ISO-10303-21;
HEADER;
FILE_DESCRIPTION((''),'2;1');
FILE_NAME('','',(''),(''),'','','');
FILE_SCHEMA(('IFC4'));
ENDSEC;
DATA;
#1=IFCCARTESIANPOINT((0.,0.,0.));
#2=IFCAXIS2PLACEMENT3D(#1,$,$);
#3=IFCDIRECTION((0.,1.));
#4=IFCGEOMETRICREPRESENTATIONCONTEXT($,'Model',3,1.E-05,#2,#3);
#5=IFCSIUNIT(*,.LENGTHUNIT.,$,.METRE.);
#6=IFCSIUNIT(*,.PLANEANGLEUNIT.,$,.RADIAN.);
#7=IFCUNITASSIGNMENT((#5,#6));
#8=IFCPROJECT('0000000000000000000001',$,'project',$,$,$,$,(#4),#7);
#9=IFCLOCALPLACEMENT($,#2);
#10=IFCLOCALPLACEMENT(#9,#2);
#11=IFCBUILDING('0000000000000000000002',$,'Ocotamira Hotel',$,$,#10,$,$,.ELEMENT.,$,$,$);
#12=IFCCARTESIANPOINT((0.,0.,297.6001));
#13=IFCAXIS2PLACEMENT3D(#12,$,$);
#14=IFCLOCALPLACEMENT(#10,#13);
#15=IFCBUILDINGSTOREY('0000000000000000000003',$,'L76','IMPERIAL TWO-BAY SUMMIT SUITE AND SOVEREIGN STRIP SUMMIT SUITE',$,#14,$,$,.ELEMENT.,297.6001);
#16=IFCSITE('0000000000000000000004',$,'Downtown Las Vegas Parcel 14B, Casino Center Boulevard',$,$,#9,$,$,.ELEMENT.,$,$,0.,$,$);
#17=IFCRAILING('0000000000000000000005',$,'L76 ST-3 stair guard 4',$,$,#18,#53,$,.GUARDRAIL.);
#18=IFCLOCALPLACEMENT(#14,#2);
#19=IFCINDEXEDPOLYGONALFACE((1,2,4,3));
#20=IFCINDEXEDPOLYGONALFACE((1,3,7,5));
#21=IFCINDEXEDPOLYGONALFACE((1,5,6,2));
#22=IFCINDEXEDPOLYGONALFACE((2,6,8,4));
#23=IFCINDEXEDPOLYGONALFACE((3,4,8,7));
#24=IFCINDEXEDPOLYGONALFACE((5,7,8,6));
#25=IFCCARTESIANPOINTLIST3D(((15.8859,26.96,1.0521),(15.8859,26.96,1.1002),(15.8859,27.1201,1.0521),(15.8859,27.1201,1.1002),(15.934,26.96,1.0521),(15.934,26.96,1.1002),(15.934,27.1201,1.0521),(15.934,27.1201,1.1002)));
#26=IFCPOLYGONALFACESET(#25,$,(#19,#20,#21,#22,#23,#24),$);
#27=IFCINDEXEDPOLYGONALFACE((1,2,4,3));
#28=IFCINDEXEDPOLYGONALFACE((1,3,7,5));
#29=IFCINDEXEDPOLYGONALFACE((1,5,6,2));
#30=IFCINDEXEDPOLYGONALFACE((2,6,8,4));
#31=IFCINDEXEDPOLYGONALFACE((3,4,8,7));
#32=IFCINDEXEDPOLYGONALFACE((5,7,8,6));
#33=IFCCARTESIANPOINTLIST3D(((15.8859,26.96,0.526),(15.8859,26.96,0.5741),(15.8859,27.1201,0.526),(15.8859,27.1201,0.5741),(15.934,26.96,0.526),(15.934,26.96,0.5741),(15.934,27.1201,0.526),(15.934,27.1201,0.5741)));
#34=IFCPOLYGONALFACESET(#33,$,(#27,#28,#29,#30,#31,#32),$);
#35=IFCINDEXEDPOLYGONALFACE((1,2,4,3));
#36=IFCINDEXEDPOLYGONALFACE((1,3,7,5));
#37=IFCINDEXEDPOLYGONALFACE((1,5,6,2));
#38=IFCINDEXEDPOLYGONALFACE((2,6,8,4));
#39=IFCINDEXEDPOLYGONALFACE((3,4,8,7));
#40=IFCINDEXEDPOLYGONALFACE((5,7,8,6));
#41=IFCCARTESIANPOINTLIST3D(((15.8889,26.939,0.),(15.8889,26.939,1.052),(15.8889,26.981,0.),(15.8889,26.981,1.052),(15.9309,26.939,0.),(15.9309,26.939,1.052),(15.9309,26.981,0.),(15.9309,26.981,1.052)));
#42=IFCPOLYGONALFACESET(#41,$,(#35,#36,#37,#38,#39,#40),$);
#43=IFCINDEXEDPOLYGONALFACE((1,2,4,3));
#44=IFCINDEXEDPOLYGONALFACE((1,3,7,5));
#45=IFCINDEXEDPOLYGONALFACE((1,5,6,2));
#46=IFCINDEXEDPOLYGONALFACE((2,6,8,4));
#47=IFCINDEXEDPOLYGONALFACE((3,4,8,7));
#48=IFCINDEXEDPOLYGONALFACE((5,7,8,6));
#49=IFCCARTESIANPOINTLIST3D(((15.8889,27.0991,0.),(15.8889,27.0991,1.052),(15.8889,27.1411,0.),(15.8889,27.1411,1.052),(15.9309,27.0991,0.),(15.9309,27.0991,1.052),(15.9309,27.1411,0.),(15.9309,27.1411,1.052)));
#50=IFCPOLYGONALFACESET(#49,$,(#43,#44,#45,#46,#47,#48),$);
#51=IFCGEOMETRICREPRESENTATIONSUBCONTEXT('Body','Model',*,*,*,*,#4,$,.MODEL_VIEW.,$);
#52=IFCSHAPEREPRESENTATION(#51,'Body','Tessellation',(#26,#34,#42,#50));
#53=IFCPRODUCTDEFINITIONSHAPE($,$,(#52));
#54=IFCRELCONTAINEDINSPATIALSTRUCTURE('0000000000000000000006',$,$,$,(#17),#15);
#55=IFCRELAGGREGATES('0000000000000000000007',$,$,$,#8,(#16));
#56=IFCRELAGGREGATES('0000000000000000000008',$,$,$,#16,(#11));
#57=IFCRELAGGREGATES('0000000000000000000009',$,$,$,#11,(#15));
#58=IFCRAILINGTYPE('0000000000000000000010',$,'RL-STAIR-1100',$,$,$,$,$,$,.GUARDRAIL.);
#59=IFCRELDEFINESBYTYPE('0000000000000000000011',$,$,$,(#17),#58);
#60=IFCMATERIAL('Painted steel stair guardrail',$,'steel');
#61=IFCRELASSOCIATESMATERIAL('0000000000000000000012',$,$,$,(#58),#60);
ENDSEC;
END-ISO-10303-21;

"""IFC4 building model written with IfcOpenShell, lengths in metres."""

from ifc_helpers import new_model, si_unit, direction, frame, origin, origin_2d, place, context, subcontext, project, spatial, rectangle, extrude, material, type_object, element, save


model = new_model("IFC4")

# Units and contexts
model_context = context("Model", 3, precision=1e-05, world=origin(), true_north=direction((0.0, 1.0)))
body_context = subcontext(model_context, "Body", "Model", "MODEL_VIEW")
ifc_project = project(units=[si_unit("LENGTHUNIT", "METRE"), si_unit("PLANEANGLEUNIT", "RADIAN")], contexts=[model_context])

# Site, building, storey
site_placement = place(None, origin())
site = spatial("IfcSite", under=ifc_project, at=site_placement, Name="Downtown Las Vegas Parcel 14B, Casino Center Boulevard", CompositionType="ELEMENT", RefElevation=0.0)
building_placement = place(site_placement, origin())
building = spatial("IfcBuilding", under=site, at=building_placement, Name="Ocotamira Hotel", CompositionType="ELEMENT")
storey_placement = place(building_placement, frame((0.0, 0.0, 297.6001)))
storey = spatial("IfcBuildingStorey", under=building, at=storey_placement, Name="L76", Description="IMPERIAL TWO-BAY SUMMIT SUITE AND SOVEREIGN STRIP SUMMIT SUITE", CompositionType="ELEMENT", Elevation=297.6001)

# Railing
ifc_material_1 = material(Name="Painted steel stair guardrail", Category="steel")
railing_type_1 = type_object("IfcRailingType", Name="RL-STAIR-1100", PredefinedType="GUARDRAIL", material=ifc_material_1)
railing_1_placement = place(storey_placement, frame((15.9099, 26.96, 0.0)))
element("IfcRailing", 1, at=railing_1_placement, inside=storey, type_object=railing_type_1, Name="L76 ST-3 stair guard 4", PredefinedType="GUARDRAIL", context=body_context, shape_type="SweptSolid", body=[
    extrude(rectangle(XDim=0.0481, YDim=0.0481, at=origin_2d()), frame((0.0, 0.0, 1.0762), z_axis=(0.0, 1.0, 0.0), x_axis=(-1.0, 0.0, 0.0)), (0.0, 0.0, 1.0), 0.1602),
    extrude(rectangle(XDim=0.0481, YDim=0.0481, at=origin_2d()), frame((0.0, 0.0, 0.55), z_axis=(0.0, 1.0, 0.0), x_axis=(-1.0, 0.0, 0.0)), (0.0, 0.0, 1.0), 0.1602),
    extrude(rectangle(XDim=0.042, YDim=0.042, at=origin_2d()), origin(), (0.0, 0.0, 1.0), 1.052),
    extrude(rectangle(XDim=0.042, YDim=0.042, at=origin_2d()), frame((0.0, 0.1602, 0.0)), (0.0, 0.0, 1.0), 1.052),
])

save(model, "model.ifc")
